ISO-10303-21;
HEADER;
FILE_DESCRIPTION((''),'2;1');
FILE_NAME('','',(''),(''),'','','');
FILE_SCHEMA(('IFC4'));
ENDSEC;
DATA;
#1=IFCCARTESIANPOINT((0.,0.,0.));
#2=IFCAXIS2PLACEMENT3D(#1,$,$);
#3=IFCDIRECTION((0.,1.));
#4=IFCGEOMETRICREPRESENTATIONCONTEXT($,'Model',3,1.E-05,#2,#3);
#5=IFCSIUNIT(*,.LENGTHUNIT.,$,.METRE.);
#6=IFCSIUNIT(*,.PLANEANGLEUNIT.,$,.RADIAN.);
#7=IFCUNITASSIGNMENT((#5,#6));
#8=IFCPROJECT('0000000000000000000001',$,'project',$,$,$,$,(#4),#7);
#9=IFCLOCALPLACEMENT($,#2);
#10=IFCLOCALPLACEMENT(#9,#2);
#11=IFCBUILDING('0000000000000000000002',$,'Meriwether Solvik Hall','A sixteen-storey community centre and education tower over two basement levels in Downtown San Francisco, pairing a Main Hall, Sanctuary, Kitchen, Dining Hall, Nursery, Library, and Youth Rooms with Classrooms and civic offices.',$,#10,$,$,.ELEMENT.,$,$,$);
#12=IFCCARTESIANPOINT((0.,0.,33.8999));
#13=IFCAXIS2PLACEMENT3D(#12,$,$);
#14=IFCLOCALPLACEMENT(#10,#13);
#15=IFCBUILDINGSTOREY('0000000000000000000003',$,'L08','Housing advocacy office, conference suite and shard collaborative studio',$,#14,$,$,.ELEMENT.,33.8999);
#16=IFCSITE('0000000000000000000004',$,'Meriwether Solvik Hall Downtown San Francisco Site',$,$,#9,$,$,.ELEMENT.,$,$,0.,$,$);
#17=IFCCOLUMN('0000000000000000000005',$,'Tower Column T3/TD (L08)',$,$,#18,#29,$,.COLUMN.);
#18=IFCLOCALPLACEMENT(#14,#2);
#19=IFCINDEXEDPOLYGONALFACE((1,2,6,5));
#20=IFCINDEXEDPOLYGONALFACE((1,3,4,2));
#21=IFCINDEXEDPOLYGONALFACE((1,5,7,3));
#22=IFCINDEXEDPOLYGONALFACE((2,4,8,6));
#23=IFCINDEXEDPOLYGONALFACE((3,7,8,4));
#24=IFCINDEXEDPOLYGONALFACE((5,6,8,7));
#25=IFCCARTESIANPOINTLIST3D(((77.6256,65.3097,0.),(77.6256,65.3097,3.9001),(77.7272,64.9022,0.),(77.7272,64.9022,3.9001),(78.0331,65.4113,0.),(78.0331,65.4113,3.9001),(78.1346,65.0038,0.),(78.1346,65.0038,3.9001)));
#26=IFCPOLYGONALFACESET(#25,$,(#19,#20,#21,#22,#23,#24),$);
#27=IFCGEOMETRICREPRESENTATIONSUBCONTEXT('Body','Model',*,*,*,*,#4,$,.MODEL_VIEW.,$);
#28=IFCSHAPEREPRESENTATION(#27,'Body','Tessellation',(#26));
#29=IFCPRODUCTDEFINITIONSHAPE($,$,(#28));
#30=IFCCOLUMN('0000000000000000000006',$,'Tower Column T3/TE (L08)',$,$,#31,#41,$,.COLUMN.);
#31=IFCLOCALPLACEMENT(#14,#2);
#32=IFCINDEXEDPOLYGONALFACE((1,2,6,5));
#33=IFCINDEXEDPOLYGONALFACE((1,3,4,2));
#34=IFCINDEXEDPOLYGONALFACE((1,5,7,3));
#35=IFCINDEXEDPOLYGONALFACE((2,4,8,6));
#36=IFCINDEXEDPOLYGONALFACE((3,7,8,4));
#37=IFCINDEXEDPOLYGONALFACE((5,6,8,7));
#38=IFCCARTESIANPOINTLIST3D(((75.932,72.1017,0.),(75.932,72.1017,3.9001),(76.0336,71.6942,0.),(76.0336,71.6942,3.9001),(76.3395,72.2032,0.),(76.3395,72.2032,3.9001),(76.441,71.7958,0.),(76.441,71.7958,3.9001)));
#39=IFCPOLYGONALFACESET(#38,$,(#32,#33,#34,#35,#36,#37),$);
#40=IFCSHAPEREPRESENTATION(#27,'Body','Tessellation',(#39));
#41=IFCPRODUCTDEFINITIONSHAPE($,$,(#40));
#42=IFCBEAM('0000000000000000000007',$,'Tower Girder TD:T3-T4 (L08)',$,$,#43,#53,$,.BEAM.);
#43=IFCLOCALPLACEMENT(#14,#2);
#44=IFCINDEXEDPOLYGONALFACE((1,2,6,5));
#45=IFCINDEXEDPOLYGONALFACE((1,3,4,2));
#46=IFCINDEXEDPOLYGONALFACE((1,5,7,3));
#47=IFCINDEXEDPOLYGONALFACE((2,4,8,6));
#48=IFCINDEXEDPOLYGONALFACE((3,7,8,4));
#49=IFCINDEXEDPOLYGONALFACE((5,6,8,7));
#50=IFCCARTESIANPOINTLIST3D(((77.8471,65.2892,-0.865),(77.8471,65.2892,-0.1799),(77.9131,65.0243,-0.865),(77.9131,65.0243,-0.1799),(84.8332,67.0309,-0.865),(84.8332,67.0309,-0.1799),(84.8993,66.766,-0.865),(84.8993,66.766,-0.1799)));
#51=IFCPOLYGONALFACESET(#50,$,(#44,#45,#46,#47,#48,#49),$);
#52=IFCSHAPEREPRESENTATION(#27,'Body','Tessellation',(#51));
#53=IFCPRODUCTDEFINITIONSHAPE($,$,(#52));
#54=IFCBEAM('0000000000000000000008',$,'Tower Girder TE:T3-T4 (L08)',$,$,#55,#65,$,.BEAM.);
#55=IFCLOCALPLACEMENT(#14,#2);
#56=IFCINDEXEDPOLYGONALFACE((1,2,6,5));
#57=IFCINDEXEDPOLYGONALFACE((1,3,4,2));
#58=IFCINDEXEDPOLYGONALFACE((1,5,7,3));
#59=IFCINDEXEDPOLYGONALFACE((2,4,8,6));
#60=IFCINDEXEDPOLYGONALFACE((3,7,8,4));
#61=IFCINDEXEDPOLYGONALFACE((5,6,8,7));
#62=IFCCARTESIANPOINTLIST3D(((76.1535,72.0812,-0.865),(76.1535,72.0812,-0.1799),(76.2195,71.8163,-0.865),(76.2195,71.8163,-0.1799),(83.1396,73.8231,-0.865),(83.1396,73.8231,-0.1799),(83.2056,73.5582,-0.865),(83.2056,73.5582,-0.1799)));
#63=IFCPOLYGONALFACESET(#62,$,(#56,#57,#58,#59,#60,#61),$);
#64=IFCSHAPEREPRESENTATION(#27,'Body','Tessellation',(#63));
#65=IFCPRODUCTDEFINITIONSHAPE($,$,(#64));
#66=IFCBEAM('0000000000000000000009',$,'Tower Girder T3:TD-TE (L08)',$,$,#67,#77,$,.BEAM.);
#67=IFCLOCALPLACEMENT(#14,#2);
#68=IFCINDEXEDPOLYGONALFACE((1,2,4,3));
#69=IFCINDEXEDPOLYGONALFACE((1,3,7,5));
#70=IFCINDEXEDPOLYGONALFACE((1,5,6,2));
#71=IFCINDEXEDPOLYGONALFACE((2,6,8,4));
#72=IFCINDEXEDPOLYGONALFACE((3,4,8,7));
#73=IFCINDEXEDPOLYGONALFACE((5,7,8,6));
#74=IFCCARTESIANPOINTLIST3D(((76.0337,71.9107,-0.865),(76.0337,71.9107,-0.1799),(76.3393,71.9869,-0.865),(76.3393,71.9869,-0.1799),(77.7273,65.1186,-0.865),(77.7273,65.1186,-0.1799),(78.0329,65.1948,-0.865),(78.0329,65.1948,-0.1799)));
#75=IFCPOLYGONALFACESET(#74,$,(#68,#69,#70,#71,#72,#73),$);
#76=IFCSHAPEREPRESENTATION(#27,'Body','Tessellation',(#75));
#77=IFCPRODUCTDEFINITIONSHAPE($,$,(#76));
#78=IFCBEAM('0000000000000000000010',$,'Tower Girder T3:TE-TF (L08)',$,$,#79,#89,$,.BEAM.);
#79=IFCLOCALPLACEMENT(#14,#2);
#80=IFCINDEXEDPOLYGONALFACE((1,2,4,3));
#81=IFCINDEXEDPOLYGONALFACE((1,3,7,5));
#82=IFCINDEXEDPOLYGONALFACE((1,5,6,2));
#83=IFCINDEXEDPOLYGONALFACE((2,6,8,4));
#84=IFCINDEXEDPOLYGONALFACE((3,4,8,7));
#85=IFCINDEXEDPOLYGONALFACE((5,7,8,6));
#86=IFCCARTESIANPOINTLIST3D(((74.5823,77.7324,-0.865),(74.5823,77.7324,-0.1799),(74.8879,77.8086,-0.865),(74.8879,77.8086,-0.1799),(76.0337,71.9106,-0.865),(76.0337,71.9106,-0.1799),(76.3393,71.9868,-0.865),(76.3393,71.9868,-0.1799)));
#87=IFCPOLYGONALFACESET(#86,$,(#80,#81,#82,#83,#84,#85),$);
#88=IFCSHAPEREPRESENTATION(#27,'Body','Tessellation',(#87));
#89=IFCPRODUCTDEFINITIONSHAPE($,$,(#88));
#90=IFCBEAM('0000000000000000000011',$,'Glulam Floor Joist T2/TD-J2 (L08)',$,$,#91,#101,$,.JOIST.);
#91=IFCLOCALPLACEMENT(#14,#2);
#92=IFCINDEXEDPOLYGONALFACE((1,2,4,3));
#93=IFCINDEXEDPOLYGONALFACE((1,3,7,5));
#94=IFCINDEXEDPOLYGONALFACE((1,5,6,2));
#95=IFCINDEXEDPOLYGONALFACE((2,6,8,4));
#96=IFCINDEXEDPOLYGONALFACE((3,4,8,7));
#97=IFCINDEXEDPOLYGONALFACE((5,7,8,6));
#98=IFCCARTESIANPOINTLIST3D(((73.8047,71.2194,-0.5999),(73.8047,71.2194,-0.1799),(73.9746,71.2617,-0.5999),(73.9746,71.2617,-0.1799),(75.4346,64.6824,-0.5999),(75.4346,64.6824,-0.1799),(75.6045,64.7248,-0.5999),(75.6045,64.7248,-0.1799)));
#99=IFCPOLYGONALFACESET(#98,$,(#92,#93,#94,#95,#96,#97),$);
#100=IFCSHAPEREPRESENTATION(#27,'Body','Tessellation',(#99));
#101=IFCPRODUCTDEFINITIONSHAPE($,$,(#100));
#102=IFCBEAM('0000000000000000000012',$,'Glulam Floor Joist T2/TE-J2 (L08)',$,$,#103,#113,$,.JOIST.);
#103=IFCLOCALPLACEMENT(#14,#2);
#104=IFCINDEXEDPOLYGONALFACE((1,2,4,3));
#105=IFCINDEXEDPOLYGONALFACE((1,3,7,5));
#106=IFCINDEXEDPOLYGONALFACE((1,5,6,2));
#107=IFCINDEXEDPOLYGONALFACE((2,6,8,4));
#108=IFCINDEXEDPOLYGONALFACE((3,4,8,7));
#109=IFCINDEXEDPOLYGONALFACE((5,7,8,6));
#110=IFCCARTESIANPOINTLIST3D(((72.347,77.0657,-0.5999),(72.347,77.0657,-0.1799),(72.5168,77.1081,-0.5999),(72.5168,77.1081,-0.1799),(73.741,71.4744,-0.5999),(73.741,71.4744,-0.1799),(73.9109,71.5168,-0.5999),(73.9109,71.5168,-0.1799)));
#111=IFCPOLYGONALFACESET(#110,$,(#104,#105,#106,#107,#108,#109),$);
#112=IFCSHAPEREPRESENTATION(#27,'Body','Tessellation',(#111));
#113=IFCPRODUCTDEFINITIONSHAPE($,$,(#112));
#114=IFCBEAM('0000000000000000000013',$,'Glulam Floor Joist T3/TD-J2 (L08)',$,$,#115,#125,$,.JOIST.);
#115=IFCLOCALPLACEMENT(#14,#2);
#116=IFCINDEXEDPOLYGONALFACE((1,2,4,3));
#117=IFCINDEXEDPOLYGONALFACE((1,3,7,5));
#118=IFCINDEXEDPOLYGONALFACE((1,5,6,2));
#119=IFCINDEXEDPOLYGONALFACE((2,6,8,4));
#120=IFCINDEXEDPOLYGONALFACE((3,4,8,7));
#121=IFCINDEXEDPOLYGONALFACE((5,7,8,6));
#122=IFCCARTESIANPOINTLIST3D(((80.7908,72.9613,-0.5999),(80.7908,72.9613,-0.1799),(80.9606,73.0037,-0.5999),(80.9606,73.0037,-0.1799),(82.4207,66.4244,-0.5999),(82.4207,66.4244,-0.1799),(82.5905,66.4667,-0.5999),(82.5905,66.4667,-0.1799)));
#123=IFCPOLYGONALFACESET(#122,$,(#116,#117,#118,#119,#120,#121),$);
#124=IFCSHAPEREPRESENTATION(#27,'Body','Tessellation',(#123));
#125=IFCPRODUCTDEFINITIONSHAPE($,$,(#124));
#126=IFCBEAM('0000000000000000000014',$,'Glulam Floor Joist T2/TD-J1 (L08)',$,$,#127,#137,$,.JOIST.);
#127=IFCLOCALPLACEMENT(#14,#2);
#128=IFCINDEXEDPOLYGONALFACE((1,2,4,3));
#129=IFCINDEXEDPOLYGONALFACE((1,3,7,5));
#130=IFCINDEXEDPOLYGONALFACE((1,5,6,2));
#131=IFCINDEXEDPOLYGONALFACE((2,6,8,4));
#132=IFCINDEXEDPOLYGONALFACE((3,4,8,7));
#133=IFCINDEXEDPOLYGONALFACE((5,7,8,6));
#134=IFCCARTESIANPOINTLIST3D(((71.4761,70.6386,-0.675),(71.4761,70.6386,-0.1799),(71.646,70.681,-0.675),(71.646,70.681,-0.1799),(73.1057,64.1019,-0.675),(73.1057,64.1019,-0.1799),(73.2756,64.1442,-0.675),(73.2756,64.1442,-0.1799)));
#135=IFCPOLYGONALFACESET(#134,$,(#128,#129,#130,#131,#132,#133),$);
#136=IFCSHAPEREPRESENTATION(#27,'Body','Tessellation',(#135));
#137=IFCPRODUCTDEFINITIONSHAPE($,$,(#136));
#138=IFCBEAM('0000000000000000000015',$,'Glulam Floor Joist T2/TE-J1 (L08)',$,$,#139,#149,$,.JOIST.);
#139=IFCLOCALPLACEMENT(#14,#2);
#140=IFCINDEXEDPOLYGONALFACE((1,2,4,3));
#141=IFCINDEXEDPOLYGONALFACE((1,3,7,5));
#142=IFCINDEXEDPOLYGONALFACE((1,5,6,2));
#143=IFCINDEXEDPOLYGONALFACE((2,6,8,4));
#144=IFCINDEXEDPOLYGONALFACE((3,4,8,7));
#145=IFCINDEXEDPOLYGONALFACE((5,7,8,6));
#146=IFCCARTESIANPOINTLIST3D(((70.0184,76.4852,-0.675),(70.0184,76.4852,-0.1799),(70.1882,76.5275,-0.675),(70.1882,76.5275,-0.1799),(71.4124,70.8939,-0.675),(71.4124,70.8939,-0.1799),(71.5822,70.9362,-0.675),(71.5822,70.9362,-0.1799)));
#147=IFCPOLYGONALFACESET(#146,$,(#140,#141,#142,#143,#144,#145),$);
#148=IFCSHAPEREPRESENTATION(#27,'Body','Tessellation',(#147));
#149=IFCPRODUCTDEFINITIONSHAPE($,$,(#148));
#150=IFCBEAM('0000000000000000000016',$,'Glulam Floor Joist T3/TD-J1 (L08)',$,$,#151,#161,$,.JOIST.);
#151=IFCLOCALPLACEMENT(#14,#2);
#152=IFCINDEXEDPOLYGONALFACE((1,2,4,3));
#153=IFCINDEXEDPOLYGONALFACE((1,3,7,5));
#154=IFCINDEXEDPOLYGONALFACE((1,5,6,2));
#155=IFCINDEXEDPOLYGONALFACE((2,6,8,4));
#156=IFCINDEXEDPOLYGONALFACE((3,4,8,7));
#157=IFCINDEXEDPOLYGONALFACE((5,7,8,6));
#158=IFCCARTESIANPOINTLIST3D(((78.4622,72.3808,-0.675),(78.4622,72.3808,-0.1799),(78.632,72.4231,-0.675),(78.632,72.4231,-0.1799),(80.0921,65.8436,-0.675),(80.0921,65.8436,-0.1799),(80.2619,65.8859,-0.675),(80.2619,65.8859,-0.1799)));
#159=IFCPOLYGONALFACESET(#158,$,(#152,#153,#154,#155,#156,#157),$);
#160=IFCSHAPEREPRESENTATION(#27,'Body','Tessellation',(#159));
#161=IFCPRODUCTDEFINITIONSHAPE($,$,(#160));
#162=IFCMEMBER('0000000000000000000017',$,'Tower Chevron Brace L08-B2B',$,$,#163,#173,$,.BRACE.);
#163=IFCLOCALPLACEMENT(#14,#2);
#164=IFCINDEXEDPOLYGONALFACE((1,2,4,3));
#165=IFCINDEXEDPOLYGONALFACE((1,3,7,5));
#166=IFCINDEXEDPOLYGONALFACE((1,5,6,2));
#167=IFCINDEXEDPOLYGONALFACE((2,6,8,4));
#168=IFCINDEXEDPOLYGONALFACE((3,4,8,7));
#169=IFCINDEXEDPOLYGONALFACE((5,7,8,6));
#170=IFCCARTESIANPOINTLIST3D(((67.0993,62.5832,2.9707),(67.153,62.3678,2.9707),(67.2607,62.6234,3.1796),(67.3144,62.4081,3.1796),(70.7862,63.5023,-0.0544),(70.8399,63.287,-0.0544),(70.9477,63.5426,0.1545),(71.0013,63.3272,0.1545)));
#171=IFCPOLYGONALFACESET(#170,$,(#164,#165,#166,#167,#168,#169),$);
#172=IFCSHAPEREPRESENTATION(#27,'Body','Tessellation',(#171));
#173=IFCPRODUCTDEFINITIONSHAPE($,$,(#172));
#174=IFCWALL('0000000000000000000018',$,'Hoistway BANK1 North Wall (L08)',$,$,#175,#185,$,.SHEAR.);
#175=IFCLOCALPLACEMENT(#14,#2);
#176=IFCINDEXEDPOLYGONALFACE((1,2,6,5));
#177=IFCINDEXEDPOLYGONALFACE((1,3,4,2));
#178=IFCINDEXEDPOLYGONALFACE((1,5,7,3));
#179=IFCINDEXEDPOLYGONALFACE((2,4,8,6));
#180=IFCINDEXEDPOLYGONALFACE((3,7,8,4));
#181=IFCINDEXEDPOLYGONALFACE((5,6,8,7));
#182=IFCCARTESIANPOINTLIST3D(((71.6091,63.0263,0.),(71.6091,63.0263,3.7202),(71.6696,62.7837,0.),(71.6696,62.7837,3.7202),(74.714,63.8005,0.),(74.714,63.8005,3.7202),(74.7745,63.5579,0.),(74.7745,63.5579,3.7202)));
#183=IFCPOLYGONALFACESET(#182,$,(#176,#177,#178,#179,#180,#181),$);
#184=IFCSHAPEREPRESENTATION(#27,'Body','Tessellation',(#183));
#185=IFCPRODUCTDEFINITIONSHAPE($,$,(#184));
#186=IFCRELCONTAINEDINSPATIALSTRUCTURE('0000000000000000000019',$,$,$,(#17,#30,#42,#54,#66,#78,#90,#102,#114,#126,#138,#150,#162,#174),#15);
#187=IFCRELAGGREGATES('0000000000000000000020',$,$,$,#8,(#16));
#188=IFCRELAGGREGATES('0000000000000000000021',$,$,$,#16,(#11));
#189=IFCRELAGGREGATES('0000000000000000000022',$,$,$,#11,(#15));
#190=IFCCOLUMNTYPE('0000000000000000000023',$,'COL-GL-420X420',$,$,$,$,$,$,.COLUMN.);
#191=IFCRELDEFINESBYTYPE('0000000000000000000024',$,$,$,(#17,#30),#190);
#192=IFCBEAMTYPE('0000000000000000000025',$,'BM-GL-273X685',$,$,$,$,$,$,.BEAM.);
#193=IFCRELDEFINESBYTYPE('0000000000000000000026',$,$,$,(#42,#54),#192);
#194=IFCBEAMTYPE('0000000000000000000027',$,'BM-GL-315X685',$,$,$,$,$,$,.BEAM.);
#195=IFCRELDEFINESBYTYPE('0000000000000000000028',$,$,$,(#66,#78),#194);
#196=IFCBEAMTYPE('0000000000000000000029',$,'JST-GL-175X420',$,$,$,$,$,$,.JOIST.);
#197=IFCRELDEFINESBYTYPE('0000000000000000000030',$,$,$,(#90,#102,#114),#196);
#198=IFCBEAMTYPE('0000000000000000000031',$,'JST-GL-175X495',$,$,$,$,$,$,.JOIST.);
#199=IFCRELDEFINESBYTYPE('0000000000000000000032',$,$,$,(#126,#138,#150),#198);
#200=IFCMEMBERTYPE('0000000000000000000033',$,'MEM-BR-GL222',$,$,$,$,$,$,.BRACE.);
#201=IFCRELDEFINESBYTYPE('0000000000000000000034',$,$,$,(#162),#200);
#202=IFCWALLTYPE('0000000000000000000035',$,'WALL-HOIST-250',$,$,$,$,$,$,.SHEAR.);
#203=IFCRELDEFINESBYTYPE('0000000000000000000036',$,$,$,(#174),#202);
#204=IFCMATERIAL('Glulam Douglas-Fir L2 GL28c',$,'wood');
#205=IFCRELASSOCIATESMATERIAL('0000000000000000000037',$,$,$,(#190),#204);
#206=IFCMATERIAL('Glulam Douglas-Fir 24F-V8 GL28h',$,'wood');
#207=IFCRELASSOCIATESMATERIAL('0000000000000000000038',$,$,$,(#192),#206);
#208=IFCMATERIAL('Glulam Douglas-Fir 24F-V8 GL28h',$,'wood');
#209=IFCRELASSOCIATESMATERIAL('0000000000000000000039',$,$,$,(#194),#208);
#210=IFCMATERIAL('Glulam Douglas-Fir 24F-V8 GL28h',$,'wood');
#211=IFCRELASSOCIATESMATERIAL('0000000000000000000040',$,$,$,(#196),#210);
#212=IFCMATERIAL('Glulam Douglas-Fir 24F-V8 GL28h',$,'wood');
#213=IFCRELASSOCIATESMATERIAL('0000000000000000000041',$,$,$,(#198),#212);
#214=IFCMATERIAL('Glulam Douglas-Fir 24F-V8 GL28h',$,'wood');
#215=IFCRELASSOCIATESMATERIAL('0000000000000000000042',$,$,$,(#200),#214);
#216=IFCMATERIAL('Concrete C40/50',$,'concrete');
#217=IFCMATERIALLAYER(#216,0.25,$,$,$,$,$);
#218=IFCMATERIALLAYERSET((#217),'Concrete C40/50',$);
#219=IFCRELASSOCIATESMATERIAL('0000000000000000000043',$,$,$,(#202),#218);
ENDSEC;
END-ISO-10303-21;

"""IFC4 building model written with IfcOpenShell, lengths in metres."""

from ifc_helpers import new_model, si_unit, direction, frame, frame_2d, origin, origin_2d, place, context, subcontext, project, spatial, rectangle, extrude, material, layer, layer_set, material_profile, profile_set, type_object, element, save


model = new_model("IFC4")

# Units and contexts
model_context = context("Model", 3, precision=1e-05, world=origin(), true_north=direction((0.0, 1.0)))
body_context = subcontext(model_context, "Body", "Model", "MODEL_VIEW")
ifc_project = project(units=[si_unit("LENGTHUNIT", "METRE"), si_unit("PLANEANGLEUNIT", "RADIAN")], contexts=[model_context])

# Site, building, storey
site_placement = place(None, origin())
site = spatial("IfcSite", under=ifc_project, at=site_placement, Name="Meriwether Solvik Hall Downtown San Francisco Site", CompositionType="ELEMENT", RefElevation=0.0)
building_placement = place(site_placement, origin())
building = spatial("IfcBuilding", under=site, at=building_placement, Name="Meriwether Solvik Hall", Description="A sixteen-storey community centre and education tower over two basement levels in Downtown San Francisco, pairing a Main Hall, Sanctuary, Kitchen, Dining Hall, Nursery, Library, and Youth Rooms with Classrooms and civic offices.", CompositionType="ELEMENT")
storey_placement = place(building_placement, frame((0.0, 0.0, 33.8999)))
storey = spatial("IfcBuildingStorey", under=building, at=storey_placement, Name="L08", Description="Housing advocacy office, conference suite and shard collaborative studio", CompositionType="ELEMENT", Elevation=33.8999)

# Columns
ifc_material_1 = material(Name="Glulam Douglas-Fir L2 GL28c", Category="wood")
ifc_material_profile_1 = material_profile(ifc_material_1, rectangle(XDim=0.4199, YDim=0.4199, at=origin_2d()), Name="GLC-420X420")
ifc_profile_set_1 = profile_set([ifc_material_profile_1], Name="Glulam Douglas-Fir L2 GL28c")
column_type = type_object("IfcColumnType", Name="COL-GL-420X420", PredefinedType="COLUMN", material=ifc_profile_set_1)
for number, where, z_axis, x_axis, name in (
    (1, (77.8801, 65.1567, 0.0), (0.0, 0.0, 1.0), (0.970296, 0.241922, 0.0), "Tower Column T3/TD (L08)"),
    (2, (76.1865, 71.9487, 0.0), (0.0, 0.0, 1.0), (0.970296, 0.241922, 0.0), "Tower Column T3/TE (L08)"),
):
    element("IfcColumn", number, at=place(storey_placement, frame(where, z_axis=z_axis, x_axis=x_axis)), inside=storey, type_object=column_type, Name=name, PredefinedType="COLUMN", context=body_context, shape_type="SweptSolid", body=[
        extrude(rectangle(XDim=0.4199, YDim=0.4199, at=origin_2d()), origin(), (0.0, 0.0, 1.0), 3.9001),
    ])

# Beams
ifc_material_2 = material(Name="Glulam Douglas-Fir 24F-V8 GL28h", Category="wood")
ifc_material_profile_2 = material_profile(ifc_material_2, rectangle(XDim=0.2729, YDim=0.6851, at=origin_2d()), Name="GLB-273X685")
ifc_profile_set_2 = profile_set([ifc_material_profile_2], Name="Glulam Douglas-Fir 24F-V8 GL28h")
beam_type_1 = type_object("IfcBeamType", Name="BM-GL-273X685", PredefinedType="BEAM", material=ifc_profile_set_2)
for number, where, z_axis, x_axis, name in (
    (3, (77.8801, 65.1567, -0.5225), (0.9703, 0.241905, 0.0), (-0.241905, 0.9703, 0.0), "Tower Girder TD:T3-T4 (L08)"),
    (4, (76.1865, 71.9487, -0.5225), (0.970292, 0.241937, 0.0), (-0.241937, 0.970292, 0.0), "Tower Girder TE:T3-T4 (L08)"),
):
    element("IfcBeam", number, at=place(storey_placement, frame(where, z_axis=z_axis, x_axis=x_axis)), inside=storey, type_object=beam_type_1, Name=name, PredefinedType="BEAM", context=body_context, shape_type="SweptSolid", body=[
        extrude(rectangle(XDim=0.2729, YDim=0.6851, at=origin_2d()), origin(), (0.0, 0.0, 1.0), 7.2),
    ])
ifc_material_3 = material(Name="Glulam Douglas-Fir 24F-V8 GL28h", Category="wood")
ifc_material_profile_3 = material_profile(ifc_material_3, rectangle(XDim=0.3149, YDim=0.6851, at=origin_2d()), Name="GLB-315X685")
ifc_profile_set_3 = profile_set([ifc_material_profile_3], Name="Glulam Douglas-Fir 24F-V8 GL28h")
beam_type_2 = type_object("IfcBeamType", Name="BM-GL-315X685", PredefinedType="BEAM", material=ifc_profile_set_3)
beam_1_placement = place(storey_placement, frame((77.8801, 65.1567, -0.5225), z_axis=(-0.241945, 0.97029, 0.0), x_axis=(-0.97029, -0.241945, 0.0)))
element("IfcBeam", 5, at=beam_1_placement, inside=storey, type_object=beam_type_2, Name="Tower Girder T3:TD-TE (L08)", PredefinedType="BEAM", context=body_context, shape_type="SweptSolid", body=[
    extrude(rectangle(XDim=0.3149, YDim=0.6851, at=origin_2d()), origin(), (0.0, 0.0, 1.0), 7.0),
])
beam_2_placement = place(storey_placement, frame((76.1865, 71.9487, -0.5225), z_axis=(-0.241904, 0.9703, 0.0), x_axis=(-0.9703, -0.241904, 0.0)))
element("IfcBeam", 6, at=beam_2_placement, inside=storey, type_object=beam_type_2, Name="Tower Girder T3:TE-TF (L08)", PredefinedType="BEAM", context=body_context, shape_type="SweptSolid", body=[
    extrude(rectangle(XDim=0.3149, YDim=0.6851, at=origin_2d()), origin(), (0.0, 0.0, 1.0), 6.0),
])
ifc_material_4 = material(Name="Glulam Douglas-Fir 24F-V8 GL28h", Category="wood")
ifc_material_profile_4 = material_profile(ifc_material_4, rectangle(XDim=0.175, YDim=0.4199, at=origin_2d()), Name="GLJ-175X420")
ifc_profile_set_4 = profile_set([ifc_material_profile_4], Name="Glulam Douglas-Fir 24F-V8 GL28h")
beam_type_3 = type_object("IfcBeamType", Name="JST-GL-175X420", PredefinedType="JOIST", material=ifc_profile_set_4)
beam_3_placement = place(storey_placement, frame((75.5195, 64.7036, -0.3899), z_axis=(-0.24193, 0.970294, 0.0), x_axis=(-0.970294, -0.24193, 0.0)))
element("IfcBeam", 7, at=beam_3_placement, inside=storey, type_object=beam_type_3, Name="Glulam Floor Joist T2/TD-J2 (L08)", PredefinedType="JOIST", context=body_context, shape_type="SweptSolid", body=[
    extrude(rectangle(XDim=0.175, YDim=0.4199, at=origin_2d()), origin(), (0.0, 0.0, 1.0), 6.7371),
])
beam_4_placement = place(storey_placement, frame((73.8259, 71.4956, -0.3899), z_axis=(-0.241918, 0.970297, 0.0), x_axis=(-0.970297, -0.241918, 0.0)))
element("IfcBeam", 8, at=beam_4_placement, inside=storey, type_object=beam_type_3, Name="Glulam Floor Joist T2/TE-J2 (L08)", PredefinedType="JOIST", context=body_context, shape_type="SweptSolid", body=[
    extrude(rectangle(XDim=0.175, YDim=0.4199, at=origin_2d()), origin(), (0.0, 0.0, 1.0), 5.7625),
])
beam_5_placement = place(storey_placement, frame((82.5056, 66.4456, -0.3899), z_axis=(-0.24193, 0.970294, 0.0), x_axis=(-0.970294, -0.24193, 0.0)))
element("IfcBeam", 9, at=beam_5_placement, inside=storey, type_object=beam_type_3, Name="Glulam Floor Joist T3/TD-J2 (L08)", PredefinedType="JOIST", context=body_context, shape_type="SweptSolid", body=[
    extrude(rectangle(XDim=0.175, YDim=0.4199, at=origin_2d()), origin(), (0.0, 0.0, 1.0), 6.7371),
])
ifc_material_5 = material(Name="Glulam Douglas-Fir 24F-V8 GL28h", Category="wood")
ifc_material_profile_5 = material_profile(ifc_material_5, rectangle(XDim=0.175, YDim=0.4951, at=origin_2d()), Name="GLJ-175X495")
ifc_profile_set_5 = profile_set([ifc_material_profile_5], Name="Glulam Douglas-Fir 24F-V8 GL28h")
beam_type_4 = type_object("IfcBeamType", Name="JST-GL-175X495", PredefinedType="JOIST", material=ifc_profile_set_5)
beam_6_placement = place(storey_placement, frame((73.1907, 64.123, -0.4275), z_axis=(-0.241896, 0.970302, 0.0), x_axis=(-0.970302, -0.241896, 0.0)))
element("IfcBeam", 10, at=beam_6_placement, inside=storey, type_object=beam_type_4, Name="Glulam Floor Joist T2/TD-J1 (L08)", PredefinedType="JOIST", context=body_context, shape_type="SweptSolid", body=[
    extrude(rectangle(XDim=0.175, YDim=0.4951, at=origin_2d()), origin(), (0.0, 0.0, 1.0), 6.7368),
])
beam_7_placement = place(storey_placement, frame((71.4973, 70.915, -0.4275), z_axis=(-0.241918, 0.970297, 0.0), x_axis=(-0.970297, -0.241918, 0.0)))
element("IfcBeam", 11, at=beam_7_placement, inside=storey, type_object=beam_type_4, Name="Glulam Floor Joist T2/TE-J1 (L08)", PredefinedType="JOIST", context=body_context, shape_type="SweptSolid", body=[
    extrude(rectangle(XDim=0.175, YDim=0.4951, at=origin_2d()), origin(), (0.0, 0.0, 1.0), 5.7625),
])
beam_8_placement = place(storey_placement, frame((80.177, 65.8647, -0.4275), z_axis=(-0.241922, 0.970296, 0.0), x_axis=(-0.970296, -0.241922, 0.0)))
element("IfcBeam", 12, at=beam_8_placement, inside=storey, type_object=beam_type_4, Name="Glulam Floor Joist T3/TD-J1 (L08)", PredefinedType="JOIST", context=body_context, shape_type="SweptSolid", body=[
    extrude(rectangle(XDim=0.175, YDim=0.4951, at=origin_2d()), origin(), (0.0, 0.0, 1.0), 6.7373),
])

# Member
ifc_material_6 = material(Name="Glulam Douglas-Fir 24F-V8 GL28h", Category="wood")
ifc_material_profile_6 = material_profile(ifc_material_6, rectangle(XDim=0.2219, YDim=0.2671, at=origin_2d()), Name="GLM-222X267")
ifc_profile_set_6 = profile_set([ifc_material_profile_6], Name="Glulam Douglas-Fir 24F-V8 GL28h")
member_type = type_object("IfcMemberType", Name="MEM-BR-GL222", PredefinedType="BRACE", material=ifc_profile_set_6)
member_placement = place(storey_placement, frame((70.8938, 63.4148, 0.05), z_axis=(-0.759113, -0.18925, 0.622842), x_axis=(0.241901, -0.970301, 0.0)))
element("IfcMember", 13, at=member_placement, inside=storey, type_object=member_type, Name="Tower Chevron Brace L08-B2B", PredefinedType="BRACE", context=body_context, shape_type="SweptSolid", body=[
    extrude(rectangle(XDim=0.2219, YDim=0.2671, at=origin_2d()), origin(), (0.0, 0.0, 1.0), 4.8569),
])

# Wall
ifc_material_7 = material(Name="Concrete C40/50", Category="concrete")
ifc_layer_1 = layer(ifc_material_7, 0.25)
ifc_layer_set_1 = layer_set([ifc_layer_1], Name="Concrete C40/50")
wall_type_1 = type_object("IfcWallType", Name="WALL-HOIST-250", PredefinedType="SHEAR", material=ifc_layer_set_1)
wall_1_placement = place(storey_placement, frame((74.7444, 63.6792, 0.0), z_axis=(0.0, 0.0, 1.0), x_axis=(-0.970295, -0.241925, 0.0)))
element("IfcWall", 14, at=wall_1_placement, inside=storey, type_object=wall_type_1, Name="Hoistway BANK1 North Wall (L08)", PredefinedType="SHEAR", context=body_context, shape_type="SweptSolid", body=[
    extrude(rectangle(XDim=3.2, YDim=0.25, at=frame_2d((1.6001, 0.0))), origin(), (0.0, 0.0, 1.0), 3.7202),
])

save(model, "model.ifc")
